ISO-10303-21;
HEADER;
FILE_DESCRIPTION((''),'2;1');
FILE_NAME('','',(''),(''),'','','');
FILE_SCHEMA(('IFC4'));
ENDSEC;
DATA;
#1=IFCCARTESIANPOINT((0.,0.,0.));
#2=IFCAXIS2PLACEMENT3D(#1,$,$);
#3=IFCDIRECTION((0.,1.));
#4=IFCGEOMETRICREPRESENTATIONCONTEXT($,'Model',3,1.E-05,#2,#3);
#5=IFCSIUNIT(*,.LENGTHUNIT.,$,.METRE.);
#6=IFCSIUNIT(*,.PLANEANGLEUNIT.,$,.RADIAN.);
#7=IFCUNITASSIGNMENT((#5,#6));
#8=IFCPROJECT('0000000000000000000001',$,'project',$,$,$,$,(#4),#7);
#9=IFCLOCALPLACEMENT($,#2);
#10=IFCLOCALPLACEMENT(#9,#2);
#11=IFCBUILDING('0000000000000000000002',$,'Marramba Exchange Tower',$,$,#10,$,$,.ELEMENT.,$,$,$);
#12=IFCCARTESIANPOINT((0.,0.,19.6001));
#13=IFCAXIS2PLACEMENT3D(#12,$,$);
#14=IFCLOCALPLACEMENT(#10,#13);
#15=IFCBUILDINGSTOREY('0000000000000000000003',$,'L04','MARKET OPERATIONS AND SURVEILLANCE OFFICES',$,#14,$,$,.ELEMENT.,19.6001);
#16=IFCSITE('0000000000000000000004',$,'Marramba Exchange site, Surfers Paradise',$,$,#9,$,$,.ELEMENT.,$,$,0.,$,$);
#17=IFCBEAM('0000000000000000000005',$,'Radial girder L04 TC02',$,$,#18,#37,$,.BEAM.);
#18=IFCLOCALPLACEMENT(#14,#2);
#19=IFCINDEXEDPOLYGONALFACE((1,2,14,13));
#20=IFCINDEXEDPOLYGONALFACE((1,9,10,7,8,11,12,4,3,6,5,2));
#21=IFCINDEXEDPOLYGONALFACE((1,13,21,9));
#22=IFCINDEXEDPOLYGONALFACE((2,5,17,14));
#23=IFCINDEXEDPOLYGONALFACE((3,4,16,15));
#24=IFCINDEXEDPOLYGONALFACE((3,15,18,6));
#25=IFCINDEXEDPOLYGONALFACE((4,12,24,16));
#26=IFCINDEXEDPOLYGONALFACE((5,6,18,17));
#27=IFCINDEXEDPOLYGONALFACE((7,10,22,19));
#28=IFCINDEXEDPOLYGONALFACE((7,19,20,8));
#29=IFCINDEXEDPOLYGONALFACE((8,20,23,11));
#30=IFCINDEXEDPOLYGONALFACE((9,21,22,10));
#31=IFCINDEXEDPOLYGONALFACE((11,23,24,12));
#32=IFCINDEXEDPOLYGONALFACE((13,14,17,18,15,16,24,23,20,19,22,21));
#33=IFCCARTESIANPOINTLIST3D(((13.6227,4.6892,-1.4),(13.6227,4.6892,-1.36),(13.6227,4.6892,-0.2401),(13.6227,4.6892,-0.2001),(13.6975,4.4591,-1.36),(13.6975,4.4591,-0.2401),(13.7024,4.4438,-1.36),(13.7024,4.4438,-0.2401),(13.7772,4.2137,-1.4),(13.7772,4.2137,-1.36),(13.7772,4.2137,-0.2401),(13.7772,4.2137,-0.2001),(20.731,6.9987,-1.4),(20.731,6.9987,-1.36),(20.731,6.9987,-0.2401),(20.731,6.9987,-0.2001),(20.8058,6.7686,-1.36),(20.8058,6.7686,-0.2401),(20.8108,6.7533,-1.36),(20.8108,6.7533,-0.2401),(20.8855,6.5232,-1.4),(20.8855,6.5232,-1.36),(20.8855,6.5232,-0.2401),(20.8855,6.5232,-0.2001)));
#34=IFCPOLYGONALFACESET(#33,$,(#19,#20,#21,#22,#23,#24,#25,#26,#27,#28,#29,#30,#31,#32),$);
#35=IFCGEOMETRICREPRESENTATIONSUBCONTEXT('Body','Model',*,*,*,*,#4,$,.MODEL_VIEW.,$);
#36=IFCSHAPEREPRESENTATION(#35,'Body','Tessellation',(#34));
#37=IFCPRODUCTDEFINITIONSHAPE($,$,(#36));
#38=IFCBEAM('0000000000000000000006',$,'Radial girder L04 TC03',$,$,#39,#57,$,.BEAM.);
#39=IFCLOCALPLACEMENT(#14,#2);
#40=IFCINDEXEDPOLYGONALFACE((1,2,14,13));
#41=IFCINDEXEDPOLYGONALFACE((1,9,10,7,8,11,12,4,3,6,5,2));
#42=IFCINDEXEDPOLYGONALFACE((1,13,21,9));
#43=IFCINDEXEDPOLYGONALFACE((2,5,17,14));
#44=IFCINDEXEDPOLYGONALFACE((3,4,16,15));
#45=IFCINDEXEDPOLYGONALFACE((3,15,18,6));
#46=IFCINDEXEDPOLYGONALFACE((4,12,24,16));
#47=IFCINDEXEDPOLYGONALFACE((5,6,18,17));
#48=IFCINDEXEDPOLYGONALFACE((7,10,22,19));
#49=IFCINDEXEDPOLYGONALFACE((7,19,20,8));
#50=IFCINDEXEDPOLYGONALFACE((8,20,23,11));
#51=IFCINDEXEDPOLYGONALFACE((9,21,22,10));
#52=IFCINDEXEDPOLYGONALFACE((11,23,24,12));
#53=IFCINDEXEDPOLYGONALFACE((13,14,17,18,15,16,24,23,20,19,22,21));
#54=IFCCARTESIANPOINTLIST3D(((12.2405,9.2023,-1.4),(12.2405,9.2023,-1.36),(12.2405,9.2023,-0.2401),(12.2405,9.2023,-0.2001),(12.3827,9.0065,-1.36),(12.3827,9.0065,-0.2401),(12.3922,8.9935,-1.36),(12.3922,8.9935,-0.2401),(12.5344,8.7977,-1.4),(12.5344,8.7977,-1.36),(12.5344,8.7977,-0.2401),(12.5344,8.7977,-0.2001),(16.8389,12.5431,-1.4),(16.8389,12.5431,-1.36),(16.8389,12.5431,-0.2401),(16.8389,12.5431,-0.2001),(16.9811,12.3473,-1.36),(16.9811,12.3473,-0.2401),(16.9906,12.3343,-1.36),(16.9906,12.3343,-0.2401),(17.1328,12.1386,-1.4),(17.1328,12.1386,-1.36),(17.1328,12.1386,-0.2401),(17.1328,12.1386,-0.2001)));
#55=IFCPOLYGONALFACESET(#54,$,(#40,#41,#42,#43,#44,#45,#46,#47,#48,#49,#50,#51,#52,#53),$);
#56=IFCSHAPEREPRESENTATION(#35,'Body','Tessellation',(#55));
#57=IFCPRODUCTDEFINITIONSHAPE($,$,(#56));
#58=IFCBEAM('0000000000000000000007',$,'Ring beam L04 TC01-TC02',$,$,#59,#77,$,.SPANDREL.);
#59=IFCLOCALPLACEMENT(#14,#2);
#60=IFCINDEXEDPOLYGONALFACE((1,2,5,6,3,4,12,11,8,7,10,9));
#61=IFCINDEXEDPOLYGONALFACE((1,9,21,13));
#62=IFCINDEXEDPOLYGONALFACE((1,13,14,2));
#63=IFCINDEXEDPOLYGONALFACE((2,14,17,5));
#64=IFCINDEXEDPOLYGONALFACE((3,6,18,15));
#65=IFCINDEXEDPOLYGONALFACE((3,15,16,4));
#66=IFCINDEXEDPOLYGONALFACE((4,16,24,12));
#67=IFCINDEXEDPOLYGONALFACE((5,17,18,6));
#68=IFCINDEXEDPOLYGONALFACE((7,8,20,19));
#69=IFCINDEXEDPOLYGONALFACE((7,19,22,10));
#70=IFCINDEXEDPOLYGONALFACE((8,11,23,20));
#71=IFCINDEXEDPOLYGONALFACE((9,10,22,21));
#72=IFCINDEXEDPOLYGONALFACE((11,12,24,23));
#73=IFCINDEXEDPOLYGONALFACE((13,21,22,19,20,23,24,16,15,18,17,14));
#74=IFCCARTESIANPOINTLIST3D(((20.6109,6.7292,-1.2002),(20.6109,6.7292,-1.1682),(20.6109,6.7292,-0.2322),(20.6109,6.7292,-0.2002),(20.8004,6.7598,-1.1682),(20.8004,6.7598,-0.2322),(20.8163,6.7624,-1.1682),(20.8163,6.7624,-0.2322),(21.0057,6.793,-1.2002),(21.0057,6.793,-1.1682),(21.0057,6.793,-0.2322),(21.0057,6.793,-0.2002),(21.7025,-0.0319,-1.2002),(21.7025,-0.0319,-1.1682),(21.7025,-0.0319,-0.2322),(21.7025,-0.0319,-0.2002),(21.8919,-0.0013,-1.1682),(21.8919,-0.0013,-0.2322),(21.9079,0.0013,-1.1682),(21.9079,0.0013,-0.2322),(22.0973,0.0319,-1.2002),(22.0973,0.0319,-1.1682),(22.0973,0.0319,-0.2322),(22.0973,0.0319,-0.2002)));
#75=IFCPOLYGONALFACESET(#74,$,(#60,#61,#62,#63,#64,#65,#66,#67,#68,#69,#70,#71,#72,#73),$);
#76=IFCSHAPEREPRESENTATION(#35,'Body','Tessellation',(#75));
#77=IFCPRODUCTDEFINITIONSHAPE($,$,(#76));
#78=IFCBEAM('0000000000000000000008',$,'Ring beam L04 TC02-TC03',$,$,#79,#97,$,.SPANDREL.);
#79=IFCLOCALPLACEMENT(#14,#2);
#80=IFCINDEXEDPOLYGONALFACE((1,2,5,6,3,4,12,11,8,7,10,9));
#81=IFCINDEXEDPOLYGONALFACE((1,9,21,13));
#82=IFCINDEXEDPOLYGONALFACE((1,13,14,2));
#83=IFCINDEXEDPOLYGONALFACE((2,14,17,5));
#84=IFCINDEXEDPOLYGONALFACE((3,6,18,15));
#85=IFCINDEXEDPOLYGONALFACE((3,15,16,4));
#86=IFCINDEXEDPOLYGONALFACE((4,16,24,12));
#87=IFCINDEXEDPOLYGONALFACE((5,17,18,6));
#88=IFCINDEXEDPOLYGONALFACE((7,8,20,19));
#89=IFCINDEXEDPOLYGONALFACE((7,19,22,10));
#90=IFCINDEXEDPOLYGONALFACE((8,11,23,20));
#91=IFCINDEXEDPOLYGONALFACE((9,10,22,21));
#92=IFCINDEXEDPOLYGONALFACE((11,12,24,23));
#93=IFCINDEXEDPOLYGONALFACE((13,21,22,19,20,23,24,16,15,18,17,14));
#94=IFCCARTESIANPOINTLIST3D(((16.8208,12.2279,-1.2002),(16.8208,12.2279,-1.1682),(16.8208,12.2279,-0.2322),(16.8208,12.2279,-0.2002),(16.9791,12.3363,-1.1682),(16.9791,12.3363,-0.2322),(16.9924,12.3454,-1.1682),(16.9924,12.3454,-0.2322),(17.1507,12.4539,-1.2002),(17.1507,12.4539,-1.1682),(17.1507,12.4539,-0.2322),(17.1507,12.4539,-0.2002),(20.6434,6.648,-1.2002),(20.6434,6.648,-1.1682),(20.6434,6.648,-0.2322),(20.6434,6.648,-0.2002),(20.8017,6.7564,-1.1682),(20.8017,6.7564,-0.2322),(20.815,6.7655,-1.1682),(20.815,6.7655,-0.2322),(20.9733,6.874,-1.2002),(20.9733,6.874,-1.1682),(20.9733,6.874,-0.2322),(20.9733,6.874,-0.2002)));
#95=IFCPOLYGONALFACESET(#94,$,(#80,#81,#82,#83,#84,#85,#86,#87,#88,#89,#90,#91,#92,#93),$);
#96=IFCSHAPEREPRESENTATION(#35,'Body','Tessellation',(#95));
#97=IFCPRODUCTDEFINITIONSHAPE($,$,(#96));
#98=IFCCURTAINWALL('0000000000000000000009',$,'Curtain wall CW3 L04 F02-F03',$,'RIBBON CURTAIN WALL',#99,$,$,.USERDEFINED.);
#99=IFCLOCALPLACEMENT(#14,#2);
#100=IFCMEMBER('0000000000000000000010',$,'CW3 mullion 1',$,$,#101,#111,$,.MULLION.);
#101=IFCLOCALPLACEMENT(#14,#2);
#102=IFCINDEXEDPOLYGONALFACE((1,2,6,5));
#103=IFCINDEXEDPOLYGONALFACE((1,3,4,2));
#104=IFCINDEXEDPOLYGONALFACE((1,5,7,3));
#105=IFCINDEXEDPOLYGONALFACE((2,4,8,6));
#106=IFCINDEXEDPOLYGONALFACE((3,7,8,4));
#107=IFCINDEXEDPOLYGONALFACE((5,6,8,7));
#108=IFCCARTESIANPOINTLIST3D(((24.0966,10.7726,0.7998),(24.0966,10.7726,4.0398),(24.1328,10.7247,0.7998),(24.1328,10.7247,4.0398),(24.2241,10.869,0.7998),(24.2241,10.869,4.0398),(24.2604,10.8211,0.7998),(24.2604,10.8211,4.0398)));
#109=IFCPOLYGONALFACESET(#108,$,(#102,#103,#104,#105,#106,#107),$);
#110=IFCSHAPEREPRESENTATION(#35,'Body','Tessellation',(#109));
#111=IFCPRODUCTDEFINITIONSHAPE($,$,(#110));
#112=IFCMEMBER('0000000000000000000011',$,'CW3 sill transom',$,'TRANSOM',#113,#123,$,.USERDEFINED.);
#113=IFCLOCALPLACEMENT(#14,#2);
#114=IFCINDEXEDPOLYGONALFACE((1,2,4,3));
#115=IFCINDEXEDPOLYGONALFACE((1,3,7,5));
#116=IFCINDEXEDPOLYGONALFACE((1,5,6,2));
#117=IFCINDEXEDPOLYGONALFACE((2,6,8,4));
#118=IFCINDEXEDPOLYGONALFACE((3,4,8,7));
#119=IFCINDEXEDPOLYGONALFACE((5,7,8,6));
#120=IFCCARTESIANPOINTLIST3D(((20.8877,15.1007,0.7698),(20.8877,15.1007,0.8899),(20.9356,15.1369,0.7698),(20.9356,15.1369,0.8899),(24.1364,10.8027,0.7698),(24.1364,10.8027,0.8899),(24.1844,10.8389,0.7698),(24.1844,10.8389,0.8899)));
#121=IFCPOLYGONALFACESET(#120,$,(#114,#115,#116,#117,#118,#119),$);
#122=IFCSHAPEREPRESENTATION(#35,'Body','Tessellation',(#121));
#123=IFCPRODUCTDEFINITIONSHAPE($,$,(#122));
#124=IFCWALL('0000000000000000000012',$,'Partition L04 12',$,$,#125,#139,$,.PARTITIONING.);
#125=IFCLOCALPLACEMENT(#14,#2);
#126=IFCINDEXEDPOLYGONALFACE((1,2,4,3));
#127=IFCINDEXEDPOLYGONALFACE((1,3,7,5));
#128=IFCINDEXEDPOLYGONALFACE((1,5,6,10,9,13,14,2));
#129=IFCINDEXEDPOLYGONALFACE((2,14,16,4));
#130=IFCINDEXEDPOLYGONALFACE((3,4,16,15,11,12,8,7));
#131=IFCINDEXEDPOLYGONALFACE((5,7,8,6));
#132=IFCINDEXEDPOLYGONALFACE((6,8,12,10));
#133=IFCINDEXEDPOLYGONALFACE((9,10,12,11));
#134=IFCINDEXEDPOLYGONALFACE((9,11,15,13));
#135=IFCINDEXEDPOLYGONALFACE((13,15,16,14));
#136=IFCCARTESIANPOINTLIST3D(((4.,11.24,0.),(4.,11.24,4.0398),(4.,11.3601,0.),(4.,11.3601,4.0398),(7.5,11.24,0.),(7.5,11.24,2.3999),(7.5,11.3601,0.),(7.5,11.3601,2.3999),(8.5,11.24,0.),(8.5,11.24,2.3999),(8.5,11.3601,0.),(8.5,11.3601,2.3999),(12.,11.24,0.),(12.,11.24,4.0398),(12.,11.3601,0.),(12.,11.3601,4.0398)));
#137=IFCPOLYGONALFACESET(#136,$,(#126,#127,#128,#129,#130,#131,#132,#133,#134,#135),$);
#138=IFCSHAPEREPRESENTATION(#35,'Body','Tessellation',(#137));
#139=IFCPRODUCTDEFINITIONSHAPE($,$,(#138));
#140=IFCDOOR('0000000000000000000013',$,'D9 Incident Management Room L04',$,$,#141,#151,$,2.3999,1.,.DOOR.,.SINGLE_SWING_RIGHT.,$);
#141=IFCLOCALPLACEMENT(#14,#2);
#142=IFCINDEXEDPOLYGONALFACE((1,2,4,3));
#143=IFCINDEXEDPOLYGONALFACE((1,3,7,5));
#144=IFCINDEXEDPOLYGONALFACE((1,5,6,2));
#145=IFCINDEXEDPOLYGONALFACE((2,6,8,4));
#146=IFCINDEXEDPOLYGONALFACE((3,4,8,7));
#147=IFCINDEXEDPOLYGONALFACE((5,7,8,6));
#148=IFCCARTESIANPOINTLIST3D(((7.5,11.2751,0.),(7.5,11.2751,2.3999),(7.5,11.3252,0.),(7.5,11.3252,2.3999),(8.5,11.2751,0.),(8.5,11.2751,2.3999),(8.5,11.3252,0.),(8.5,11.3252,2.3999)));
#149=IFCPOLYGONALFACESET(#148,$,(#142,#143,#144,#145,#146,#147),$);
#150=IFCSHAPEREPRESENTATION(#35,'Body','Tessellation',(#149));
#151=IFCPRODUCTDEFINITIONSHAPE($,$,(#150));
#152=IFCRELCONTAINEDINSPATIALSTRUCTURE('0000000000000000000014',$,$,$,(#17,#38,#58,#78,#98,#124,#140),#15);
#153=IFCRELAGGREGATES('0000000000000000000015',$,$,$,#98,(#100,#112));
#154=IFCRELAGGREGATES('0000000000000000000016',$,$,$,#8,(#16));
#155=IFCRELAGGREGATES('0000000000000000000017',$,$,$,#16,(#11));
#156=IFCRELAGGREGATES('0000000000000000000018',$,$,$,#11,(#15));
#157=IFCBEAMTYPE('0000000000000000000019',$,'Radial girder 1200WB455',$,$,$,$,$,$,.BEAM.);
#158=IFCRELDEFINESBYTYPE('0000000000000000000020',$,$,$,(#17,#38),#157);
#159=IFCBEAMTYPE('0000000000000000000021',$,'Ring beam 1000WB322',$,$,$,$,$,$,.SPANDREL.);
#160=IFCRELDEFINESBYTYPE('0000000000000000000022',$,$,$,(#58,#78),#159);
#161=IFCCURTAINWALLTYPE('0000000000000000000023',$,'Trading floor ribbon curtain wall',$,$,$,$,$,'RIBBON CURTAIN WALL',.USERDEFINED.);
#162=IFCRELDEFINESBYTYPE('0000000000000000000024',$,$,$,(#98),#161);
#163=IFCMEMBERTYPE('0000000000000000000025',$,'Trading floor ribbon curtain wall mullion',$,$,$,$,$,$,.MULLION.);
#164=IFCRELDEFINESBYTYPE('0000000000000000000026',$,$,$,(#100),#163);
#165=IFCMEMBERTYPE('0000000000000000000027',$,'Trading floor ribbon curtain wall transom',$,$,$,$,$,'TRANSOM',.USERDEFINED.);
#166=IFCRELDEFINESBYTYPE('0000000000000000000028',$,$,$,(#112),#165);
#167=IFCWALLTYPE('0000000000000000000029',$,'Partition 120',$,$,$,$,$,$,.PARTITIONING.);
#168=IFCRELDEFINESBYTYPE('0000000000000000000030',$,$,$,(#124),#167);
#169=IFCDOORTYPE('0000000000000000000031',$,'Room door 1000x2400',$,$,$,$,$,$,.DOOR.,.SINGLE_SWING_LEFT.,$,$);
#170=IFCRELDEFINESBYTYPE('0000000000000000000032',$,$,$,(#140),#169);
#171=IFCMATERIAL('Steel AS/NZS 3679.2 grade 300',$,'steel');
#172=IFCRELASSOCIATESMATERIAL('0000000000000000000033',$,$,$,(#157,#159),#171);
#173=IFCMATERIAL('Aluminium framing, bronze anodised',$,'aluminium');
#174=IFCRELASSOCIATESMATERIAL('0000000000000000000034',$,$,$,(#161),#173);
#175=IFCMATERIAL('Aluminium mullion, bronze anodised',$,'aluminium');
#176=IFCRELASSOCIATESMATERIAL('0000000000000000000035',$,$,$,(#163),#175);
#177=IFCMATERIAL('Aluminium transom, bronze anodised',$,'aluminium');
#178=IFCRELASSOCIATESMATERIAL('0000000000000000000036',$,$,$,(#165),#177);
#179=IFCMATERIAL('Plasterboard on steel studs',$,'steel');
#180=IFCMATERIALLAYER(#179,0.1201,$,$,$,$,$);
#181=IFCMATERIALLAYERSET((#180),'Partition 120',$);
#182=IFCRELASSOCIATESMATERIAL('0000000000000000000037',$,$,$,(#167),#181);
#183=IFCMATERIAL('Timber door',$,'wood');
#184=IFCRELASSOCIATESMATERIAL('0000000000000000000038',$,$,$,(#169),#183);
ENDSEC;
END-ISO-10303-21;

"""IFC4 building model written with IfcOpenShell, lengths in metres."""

from ifc_helpers import new_model, si_unit, direction, frame, frame_2d, origin, origin_2d, place, context, subcontext, project, spatial, rectangle, i_section, extrude, material, layer, layer_set, material_profile, profile_set, type_object, element, fill, aggregate, save


model = new_model("IFC4")

# Units and contexts
model_context = context("Model", 3, precision=1e-05, world=origin(), true_north=direction((0.0, 1.0)))
body_context = subcontext(model_context, "Body", "Model", "MODEL_VIEW")
ifc_project = project(units=[si_unit("LENGTHUNIT", "METRE"), si_unit("PLANEANGLEUNIT", "RADIAN")], contexts=[model_context])

# Site, building, storey
site_placement = place(None, origin())
site = spatial("IfcSite", under=ifc_project, at=site_placement, Name="Marramba Exchange site, Surfers Paradise", CompositionType="ELEMENT", RefElevation=0.0)
building_placement = place(site_placement, origin())
building = spatial("IfcBuilding", under=site, at=building_placement, Name="Marramba Exchange Tower", CompositionType="ELEMENT")
storey_placement = place(building_placement, frame((0.0, 0.0, 19.6001)))
storey = spatial("IfcBuildingStorey", under=building, at=storey_placement, Name="L04", Description="MARKET OPERATIONS AND SURVEILLANCE OFFICES", CompositionType="ELEMENT", Elevation=19.6001)

# Beams
ifc_material_1 = material(Name="Steel AS/NZS 3679.2 grade 300", Category="steel")
ifc_material_profile_1 = material_profile(ifc_material_1, i_section(OverallWidth=0.5, OverallDepth=1.2, WebThickness=0.0161, FlangeThickness=0.04, at=origin_2d()), Name="1200WB455")
ifc_profile_set_1 = profile_set([ifc_material_profile_1], Name="Steel AS/NZS 3679.2 grade 300")
beam_type_1 = type_object("IfcBeamType", Name="Radial girder 1200WB455", PredefinedType="BEAM", material=ifc_profile_set_1)
beam_1_placement = place(storey_placement, frame((13.7, 4.4514, -0.8), z_axis=(0.95106, 0.309006, 0.0), x_axis=(-0.309006, 0.95106, 0.0)))
element("IfcBeam", 1, at=beam_1_placement, inside=storey, type_object=beam_type_1, Name="Radial girder L04 TC02", PredefinedType="BEAM", context=body_context, shape_type="SweptSolid", body=[
    extrude(i_section(OverallWidth=0.5, OverallDepth=1.2, WebThickness=0.0161, FlangeThickness=0.04, at=origin_2d()), origin(), (0.0, 0.0, 1.0), 7.4741),
])
beam_2_placement = place(storey_placement, frame((12.3875, 9.0, -0.8), z_axis=(0.809026, 0.587773, 0.0), x_axis=(-0.587773, 0.809026, 0.0)))
element("IfcBeam", 2, at=beam_2_placement, inside=storey, type_object=beam_type_1, Name="Radial girder L04 TC03", PredefinedType="BEAM", context=body_context, shape_type="SweptSolid", body=[
    extrude(i_section(OverallWidth=0.5, OverallDepth=1.2, WebThickness=0.0161, FlangeThickness=0.04, at=origin_2d()), origin(), (0.0, 0.0, 1.0), 5.6838),
])
ifc_material_profile_2 = material_profile(ifc_material_1, i_section(OverallWidth=0.3999, OverallDepth=1.0, WebThickness=0.0161, FlangeThickness=0.032, at=origin_2d()), Name="1000WB322")
ifc_profile_set_2 = profile_set([ifc_material_profile_2], Name="Steel AS/NZS 3679.2 grade 300")
beam_type_2 = type_object("IfcBeamType", Name="Ring beam 1000WB322", PredefinedType="SPANDREL", material=ifc_profile_set_2)
beam_3_placement = place(storey_placement, frame((21.8999, 0.0, -0.7002), z_axis=(-0.159385, 0.987217, 0.0), x_axis=(-0.987217, -0.159385, 0.0)))
element("IfcBeam", 3, at=beam_3_placement, inside=storey, type_object=beam_type_2, Name="Ring beam L04 TC01-TC02", PredefinedType="SPANDREL", context=body_context, shape_type="SweptSolid", body=[
    extrude(i_section(OverallWidth=0.3999, OverallDepth=1.0, WebThickness=0.0161, FlangeThickness=0.032, at=origin_2d()), origin(), (0.0, 0.0, 1.0), 6.8486),
])
beam_4_placement = place(storey_placement, frame((20.8083, 6.761, -0.7002), z_axis=(-0.56516, 0.824981, 0.0), x_axis=(-0.824981, -0.56516, 0.0)))
element("IfcBeam", 4, at=beam_4_placement, inside=storey, type_object=beam_type_2, Name="Ring beam L04 TC02-TC03", PredefinedType="SPANDREL", context=body_context, shape_type="SweptSolid", body=[
    extrude(i_section(OverallWidth=0.3999, OverallDepth=1.0, WebThickness=0.0161, FlangeThickness=0.032, at=origin_2d()), origin(), (0.0, 0.0, 1.0), 6.7637),
])

# Curtain wall, members
ifc_material_2 = material(Name="Aluminium framing, bronze anodised", Category="aluminium")
curtain_wall_type = type_object("IfcCurtainWallType", Name="Trading floor ribbon curtain wall", ElementType="RIBBON CURTAIN WALL", PredefinedType="USERDEFINED", material=ifc_material_2)
curtain_wall_placement = place(storey_placement, origin())
curtain_wall = element("IfcCurtainWall", 5, at=curtain_wall_placement, inside=storey, type_object=curtain_wall_type, Name="Curtain wall CW3 L04 F02-F03", ObjectType="RIBBON CURTAIN WALL", PredefinedType="USERDEFINED")
ifc_material_3 = material(Name="Aluminium mullion, bronze anodised", Category="aluminium")
ifc_material_profile_3 = material_profile(ifc_material_3, rectangle(XDim=0.1599, YDim=0.0601, at=origin_2d()), Name="CW3 mullion 60x160")
ifc_profile_set_3 = profile_set([ifc_material_profile_3], Name="Aluminium mullion, bronze anodised")
member_type_1 = type_object("IfcMemberType", Name="Trading floor ribbon curtain wall mullion", PredefinedType="MULLION", material=ifc_profile_set_3)
member_1_placement = place(storey_placement, frame((24.1785, 10.7969, 0.7998), z_axis=(0.0, 0.0, 1.0), x_axis=(-0.797749, -0.60299, 0.0)))
member_1 = element("IfcMember", 6, at=member_1_placement, type_object=member_type_1, Name="CW3 mullion 1", PredefinedType="MULLION", context=body_context, shape_type="SweptSolid", body=[
    extrude(rectangle(XDim=0.1599, YDim=0.0601, at=origin_2d()), origin(), (0.0, 0.0, 1.0), 3.24),
])
ifc_material_4 = material(Name="Aluminium transom, bronze anodised", Category="aluminium")
ifc_material_profile_4 = material_profile(ifc_material_4, rectangle(XDim=0.0601, YDim=0.1201, at=origin_2d()), Name="CW3 transom 60x120")
ifc_profile_set_4 = profile_set([ifc_material_profile_4], Name="Aluminium transom, bronze anodised")
member_type_2 = type_object("IfcMemberType", Name="Trading floor ribbon curtain wall transom", ElementType="TRANSOM", PredefinedType="USERDEFINED", material=ifc_profile_set_4)
member_2_placement = place(storey_placement, frame((24.1604, 10.8208, 0.8298), z_axis=(-0.60299, 0.797749, 0.0), x_axis=(-0.797749, -0.60299, 0.0)))
member_2 = element("IfcMember", 7, at=member_2_placement, type_object=member_type_2, Name="CW3 sill transom", ObjectType="TRANSOM", PredefinedType="USERDEFINED", context=body_context, shape_type="SweptSolid", body=[
    extrude(rectangle(XDim=0.0601, YDim=0.1201, at=origin_2d()), origin(), (0.0, 0.0, 1.0), 5.3877),
])
aggregate(curtain_wall, [member_1, member_2])

# Wall, opening, door
ifc_material_5 = material(Name="Plasterboard on steel studs", Category="steel")
ifc_layer_1 = layer(ifc_material_5, 0.1201)
ifc_layer_set_1 = layer_set([ifc_layer_1], Name="Partition 120")
wall_type_1 = type_object("IfcWallType", Name="Partition 120", PredefinedType="PARTITIONING", material=ifc_layer_set_1)
wall_1_placement = place(storey_placement, frame((12.0, 11.3, 0.0), z_axis=(0.0, 0.0, 1.0), x_axis=(-1.0, 0.0, 0.0)))
wall_1 = element("IfcWall", 8, at=wall_1_placement, inside=storey, type_object=wall_type_1, Name="Partition L04 12", PredefinedType="PARTITIONING", context=body_context, shape_type="SweptSolid", body=[
    extrude(rectangle(XDim=8.0, YDim=0.1201, at=frame_2d((4.0, 0.0))), origin(), (0.0, 0.0, 1.0), 4.0398),
])
opening_1_placement = place(wall_1_placement, frame((3.5, 0.0, 0.0)))
opening_1 = element("IfcOpeningElement", 9, at=opening_1_placement, cuts=wall_1, PredefinedType="OPENING", context=body_context, shape_type="SweptSolid", body=[
    extrude(rectangle(XDim=1.0, YDim=2.3999, at=frame_2d((0.5, 1.2))), frame((0.0, 0.0701, 0.0), z_axis=(0.0, -1.0, 0.0), x_axis=(1.0, 0.0, 0.0)), (0.0, 0.0, 1.0), 0.1401),
])
ifc_material_6 = material(Name="Timber door", Category="wood")
door_type_1 = type_object("IfcDoorType", Name="Room door 1000x2400", OperationType="SINGLE_SWING_LEFT", PredefinedType="DOOR", material=ifc_material_6)
door_1_placement = place(opening_1_placement, frame((1.0, 0.0, 0.0), z_axis=(0.0, 0.0, 1.0), x_axis=(-1.0, 0.0, 0.0)))
door_1 = element("IfcDoor", 10, at=door_1_placement, inside=storey, type_object=door_type_1, Name="D9 Incident Management Room L04", OperationType="SINGLE_SWING_RIGHT", OverallHeight=2.3999, OverallWidth=1.0, PredefinedType="DOOR", context=body_context, shape_type="SweptSolid", body=[
    extrude(rectangle(XDim=1.0, YDim=2.3999, at=frame_2d((0.5, 1.2))), frame((0.0, 0.0251, 0.0), z_axis=(0.0, -1.0, 0.0), x_axis=(1.0, 0.0, 0.0)), (0.0, 0.0, 1.0), 0.05),
])
fill(opening_1, door_1)

save(model, "model.ifc")
